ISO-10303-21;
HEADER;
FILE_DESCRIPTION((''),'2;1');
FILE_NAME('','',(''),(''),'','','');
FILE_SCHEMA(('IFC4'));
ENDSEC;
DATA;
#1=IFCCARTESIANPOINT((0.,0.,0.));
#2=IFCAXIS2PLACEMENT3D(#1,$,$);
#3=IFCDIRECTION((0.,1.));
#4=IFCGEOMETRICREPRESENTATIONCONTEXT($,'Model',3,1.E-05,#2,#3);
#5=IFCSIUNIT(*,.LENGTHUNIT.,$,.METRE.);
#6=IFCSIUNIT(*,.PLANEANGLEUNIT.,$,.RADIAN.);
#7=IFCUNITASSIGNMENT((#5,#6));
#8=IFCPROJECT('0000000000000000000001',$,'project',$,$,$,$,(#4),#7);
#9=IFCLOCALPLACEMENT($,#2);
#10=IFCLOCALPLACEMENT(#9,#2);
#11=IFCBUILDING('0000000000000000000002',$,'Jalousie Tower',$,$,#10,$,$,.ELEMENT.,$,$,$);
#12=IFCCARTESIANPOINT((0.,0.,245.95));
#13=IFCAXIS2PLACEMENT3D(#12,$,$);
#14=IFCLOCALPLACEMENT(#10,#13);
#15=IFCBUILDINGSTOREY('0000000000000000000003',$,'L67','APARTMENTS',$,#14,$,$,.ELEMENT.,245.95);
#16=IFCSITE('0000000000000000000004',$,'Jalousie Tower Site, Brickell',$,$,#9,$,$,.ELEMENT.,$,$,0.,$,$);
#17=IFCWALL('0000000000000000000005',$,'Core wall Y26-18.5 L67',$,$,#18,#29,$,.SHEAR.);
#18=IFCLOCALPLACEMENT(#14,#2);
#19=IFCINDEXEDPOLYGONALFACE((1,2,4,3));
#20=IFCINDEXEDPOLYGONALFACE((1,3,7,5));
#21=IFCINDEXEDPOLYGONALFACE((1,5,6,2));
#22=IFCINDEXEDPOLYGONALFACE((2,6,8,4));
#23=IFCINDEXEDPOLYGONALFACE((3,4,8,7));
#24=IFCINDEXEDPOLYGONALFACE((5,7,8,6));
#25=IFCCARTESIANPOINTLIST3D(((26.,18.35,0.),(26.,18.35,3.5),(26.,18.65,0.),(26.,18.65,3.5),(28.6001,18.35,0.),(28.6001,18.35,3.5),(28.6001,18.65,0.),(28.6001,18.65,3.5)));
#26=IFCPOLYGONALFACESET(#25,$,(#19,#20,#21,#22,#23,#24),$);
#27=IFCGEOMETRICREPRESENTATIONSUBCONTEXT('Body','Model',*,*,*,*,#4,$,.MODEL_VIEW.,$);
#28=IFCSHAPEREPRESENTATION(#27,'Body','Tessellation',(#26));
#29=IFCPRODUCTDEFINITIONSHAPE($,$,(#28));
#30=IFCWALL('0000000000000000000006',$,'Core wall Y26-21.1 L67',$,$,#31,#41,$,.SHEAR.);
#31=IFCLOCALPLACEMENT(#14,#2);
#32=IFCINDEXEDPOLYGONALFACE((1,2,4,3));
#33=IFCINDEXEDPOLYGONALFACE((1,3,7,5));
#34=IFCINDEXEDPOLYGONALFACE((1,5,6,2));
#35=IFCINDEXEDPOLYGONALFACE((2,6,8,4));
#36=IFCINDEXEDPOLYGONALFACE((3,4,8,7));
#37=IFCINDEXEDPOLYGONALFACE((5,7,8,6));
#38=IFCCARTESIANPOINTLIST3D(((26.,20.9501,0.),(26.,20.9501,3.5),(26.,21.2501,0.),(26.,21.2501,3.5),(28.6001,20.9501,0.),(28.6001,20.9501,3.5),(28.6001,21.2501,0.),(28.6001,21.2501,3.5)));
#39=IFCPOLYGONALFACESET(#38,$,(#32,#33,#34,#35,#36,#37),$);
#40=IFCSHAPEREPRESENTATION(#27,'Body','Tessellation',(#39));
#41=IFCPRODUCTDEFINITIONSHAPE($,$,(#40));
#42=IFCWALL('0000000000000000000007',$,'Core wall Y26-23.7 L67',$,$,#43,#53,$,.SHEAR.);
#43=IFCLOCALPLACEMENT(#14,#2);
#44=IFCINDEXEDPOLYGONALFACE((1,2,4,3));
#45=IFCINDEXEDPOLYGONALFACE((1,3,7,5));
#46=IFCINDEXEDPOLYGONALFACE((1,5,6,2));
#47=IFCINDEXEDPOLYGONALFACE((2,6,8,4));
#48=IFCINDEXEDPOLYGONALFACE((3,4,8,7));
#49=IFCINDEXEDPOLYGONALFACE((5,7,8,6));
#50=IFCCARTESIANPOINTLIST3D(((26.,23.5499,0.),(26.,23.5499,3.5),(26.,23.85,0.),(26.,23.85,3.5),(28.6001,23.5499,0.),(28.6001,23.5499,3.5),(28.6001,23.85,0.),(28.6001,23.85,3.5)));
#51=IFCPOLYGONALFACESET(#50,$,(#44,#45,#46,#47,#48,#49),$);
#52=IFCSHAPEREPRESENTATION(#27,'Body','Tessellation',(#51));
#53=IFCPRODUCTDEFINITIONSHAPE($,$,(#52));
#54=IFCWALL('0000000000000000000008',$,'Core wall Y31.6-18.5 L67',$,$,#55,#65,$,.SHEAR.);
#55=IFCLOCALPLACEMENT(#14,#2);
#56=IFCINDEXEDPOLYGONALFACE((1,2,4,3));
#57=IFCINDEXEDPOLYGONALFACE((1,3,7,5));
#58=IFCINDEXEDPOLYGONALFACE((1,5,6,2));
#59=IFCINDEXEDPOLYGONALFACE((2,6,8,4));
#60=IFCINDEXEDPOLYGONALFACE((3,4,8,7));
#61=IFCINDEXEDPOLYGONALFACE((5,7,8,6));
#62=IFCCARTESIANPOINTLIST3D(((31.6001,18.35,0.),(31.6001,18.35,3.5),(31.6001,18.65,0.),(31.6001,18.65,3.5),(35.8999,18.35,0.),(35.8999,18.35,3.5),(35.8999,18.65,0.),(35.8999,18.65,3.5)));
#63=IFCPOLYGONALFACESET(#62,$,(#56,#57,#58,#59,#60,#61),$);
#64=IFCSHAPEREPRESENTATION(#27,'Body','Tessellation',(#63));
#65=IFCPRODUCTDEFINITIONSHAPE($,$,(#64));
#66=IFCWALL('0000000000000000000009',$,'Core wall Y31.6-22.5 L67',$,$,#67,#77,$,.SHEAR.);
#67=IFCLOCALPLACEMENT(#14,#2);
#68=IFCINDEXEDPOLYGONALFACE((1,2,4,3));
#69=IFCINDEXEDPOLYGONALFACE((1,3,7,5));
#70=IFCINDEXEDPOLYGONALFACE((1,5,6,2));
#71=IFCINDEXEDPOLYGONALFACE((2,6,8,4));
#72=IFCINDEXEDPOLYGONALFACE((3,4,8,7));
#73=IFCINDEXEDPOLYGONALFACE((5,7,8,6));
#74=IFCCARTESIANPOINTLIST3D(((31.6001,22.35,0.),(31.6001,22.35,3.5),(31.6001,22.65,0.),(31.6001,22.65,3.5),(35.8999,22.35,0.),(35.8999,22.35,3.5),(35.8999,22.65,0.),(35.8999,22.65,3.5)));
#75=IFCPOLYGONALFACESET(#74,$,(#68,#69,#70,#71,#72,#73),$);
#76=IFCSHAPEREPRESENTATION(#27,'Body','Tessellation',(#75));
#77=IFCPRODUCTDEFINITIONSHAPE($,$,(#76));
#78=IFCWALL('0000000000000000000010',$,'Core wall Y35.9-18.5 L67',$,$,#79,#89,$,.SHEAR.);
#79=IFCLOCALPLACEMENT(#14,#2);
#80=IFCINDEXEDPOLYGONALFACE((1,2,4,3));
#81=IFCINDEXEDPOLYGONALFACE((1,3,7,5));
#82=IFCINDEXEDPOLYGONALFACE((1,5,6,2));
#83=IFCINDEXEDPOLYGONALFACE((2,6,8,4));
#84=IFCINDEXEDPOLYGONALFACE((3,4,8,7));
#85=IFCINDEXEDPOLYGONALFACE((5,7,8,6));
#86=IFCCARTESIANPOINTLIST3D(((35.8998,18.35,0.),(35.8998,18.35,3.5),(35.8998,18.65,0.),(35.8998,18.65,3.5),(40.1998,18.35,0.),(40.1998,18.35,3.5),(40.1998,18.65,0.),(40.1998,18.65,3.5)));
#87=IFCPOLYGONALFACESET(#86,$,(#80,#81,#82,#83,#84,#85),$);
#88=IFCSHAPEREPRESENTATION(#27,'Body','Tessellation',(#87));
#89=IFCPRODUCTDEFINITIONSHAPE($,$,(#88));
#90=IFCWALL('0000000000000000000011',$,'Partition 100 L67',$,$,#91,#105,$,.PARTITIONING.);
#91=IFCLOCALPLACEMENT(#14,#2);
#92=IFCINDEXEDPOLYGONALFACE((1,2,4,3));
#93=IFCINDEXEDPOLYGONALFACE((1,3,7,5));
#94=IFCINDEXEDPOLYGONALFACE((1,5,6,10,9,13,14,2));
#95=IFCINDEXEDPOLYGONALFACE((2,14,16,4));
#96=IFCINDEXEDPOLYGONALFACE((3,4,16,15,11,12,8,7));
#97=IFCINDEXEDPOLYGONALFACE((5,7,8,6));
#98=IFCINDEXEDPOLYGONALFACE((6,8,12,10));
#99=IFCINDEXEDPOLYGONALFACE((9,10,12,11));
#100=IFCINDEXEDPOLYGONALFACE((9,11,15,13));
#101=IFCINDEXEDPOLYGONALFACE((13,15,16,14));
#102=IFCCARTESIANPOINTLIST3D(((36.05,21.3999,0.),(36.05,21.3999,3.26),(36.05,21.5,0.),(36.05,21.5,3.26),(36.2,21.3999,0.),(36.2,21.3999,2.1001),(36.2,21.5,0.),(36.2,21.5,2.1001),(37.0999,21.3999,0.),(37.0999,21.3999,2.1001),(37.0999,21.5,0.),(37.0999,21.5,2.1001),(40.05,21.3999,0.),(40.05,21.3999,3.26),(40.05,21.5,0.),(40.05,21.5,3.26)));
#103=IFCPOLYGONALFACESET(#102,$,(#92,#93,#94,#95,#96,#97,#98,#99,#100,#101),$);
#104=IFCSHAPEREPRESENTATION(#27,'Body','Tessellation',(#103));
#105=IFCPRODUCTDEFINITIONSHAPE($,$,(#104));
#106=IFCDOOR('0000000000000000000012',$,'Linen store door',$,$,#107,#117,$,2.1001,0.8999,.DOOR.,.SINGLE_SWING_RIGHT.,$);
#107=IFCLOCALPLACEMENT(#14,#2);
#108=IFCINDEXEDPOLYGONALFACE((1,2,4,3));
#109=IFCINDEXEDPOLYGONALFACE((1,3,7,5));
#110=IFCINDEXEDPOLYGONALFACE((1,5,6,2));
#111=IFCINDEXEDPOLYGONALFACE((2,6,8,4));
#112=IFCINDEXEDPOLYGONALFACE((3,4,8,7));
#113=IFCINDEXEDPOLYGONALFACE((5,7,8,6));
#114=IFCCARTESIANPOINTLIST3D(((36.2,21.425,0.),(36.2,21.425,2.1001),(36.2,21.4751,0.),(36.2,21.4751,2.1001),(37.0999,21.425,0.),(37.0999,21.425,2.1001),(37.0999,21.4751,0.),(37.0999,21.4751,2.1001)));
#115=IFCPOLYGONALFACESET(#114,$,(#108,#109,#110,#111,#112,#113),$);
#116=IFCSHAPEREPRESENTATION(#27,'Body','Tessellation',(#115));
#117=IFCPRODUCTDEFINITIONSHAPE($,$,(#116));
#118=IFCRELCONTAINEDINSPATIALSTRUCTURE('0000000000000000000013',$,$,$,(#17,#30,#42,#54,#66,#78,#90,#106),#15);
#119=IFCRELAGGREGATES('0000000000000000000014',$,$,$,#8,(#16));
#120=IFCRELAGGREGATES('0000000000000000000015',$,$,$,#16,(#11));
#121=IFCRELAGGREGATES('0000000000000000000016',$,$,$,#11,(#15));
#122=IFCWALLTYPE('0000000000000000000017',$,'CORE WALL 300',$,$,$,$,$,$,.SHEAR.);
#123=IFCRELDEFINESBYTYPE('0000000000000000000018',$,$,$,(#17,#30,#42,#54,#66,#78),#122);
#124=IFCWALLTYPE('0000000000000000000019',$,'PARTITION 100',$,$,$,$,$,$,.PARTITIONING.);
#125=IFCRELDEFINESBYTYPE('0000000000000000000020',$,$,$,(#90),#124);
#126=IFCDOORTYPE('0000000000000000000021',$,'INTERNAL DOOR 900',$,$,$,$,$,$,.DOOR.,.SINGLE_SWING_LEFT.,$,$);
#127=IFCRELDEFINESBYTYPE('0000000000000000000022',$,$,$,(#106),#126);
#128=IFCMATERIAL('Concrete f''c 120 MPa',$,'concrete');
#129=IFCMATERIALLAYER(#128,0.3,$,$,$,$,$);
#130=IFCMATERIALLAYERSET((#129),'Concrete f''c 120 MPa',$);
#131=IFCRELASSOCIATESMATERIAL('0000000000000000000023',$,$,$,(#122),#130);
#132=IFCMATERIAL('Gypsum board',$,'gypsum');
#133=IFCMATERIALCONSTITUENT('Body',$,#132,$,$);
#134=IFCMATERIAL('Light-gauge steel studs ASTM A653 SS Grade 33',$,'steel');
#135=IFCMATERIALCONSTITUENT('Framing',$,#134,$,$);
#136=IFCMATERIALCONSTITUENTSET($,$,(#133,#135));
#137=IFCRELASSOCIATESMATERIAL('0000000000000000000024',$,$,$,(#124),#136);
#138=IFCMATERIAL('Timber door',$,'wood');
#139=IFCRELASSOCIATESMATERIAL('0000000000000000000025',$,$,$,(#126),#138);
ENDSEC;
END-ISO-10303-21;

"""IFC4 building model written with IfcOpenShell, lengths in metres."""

from ifc_helpers import new_model, si_unit, direction, frame, frame_2d, origin, place, context, subcontext, project, spatial, rectangle, extrude, material, layer, layer_set, constituent, constituent_set, type_object, element, fill, save


model = new_model("IFC4")

# Units and contexts
model_context = context("Model", 3, precision=1e-05, world=origin(), true_north=direction((0.0, 1.0)))
body_context = subcontext(model_context, "Body", "Model", "MODEL_VIEW")
ifc_project = project(units=[si_unit("LENGTHUNIT", "METRE"), si_unit("PLANEANGLEUNIT", "RADIAN")], contexts=[model_context])

# Site, building, storey
site_placement = place(None, origin())
site = spatial("IfcSite", under=ifc_project, at=site_placement, Name="Jalousie Tower Site, Brickell", CompositionType="ELEMENT", RefElevation=0.0)
building_placement = place(site_placement, origin())
building = spatial("IfcBuilding", under=site, at=building_placement, Name="Jalousie Tower", CompositionType="ELEMENT")
storey_placement = place(building_placement, frame((0.0, 0.0, 245.95)))
storey = spatial("IfcBuildingStorey", under=building, at=storey_placement, Name="L67", Description="APARTMENTS", CompositionType="ELEMENT", Elevation=245.95)

# Shared definitions
ifc_material_1 = material(Name="Concrete f'c 120 MPa", Category="concrete")
ifc_layer_1 = layer(ifc_material_1, 0.3)
ifc_layer_set_1 = layer_set([ifc_layer_1], Name="Concrete f'c 120 MPa")
wall_type_1 = type_object("IfcWallType", Name="CORE WALL 300", PredefinedType="SHEAR", material=ifc_layer_set_1)

# Walls
for number, where, z_axis, x_axis, name in (
    (1, (26.0, 18.5, 0.0), (0.0, 0.0, 1.0), (1.0, 0.0, 0.0), "Core wall Y26-18.5 L67"),
    (2, (26.0, 21.1001, 0.0), (0.0, 0.0, 1.0), (1.0, 0.0, 0.0), "Core wall Y26-21.1 L67"),
    (3, (26.0, 23.7, 0.0), (0.0, 0.0, 1.0), (1.0, 0.0, 0.0), "Core wall Y26-23.7 L67"),
):
    element("IfcWall", number, at=place(storey_placement, frame(where, z_axis=z_axis, x_axis=x_axis)), inside=storey, type_object=wall_type_1, Name=name, PredefinedType="SHEAR", context=body_context, shape_type="SweptSolid", body=[
        extrude(rectangle(XDim=2.6001, YDim=0.3, at=frame_2d((1.3, 0.0))), origin(), (0.0, 0.0, 1.0), 3.5),
    ])
for number, where, z_axis, x_axis, name in (
    (4, (31.6001, 18.5, 0.0), (0.0, 0.0, 1.0), (1.0, 0.0, 0.0), "Core wall Y31.6-18.5 L67"),
    (5, (31.6001, 22.5, 0.0), (0.0, 0.0, 1.0), (1.0, 0.0, 0.0), "Core wall Y31.6-22.5 L67"),
):
    element("IfcWall", number, at=place(storey_placement, frame(where, z_axis=z_axis, x_axis=x_axis)), inside=storey, type_object=wall_type_1, Name=name, PredefinedType="SHEAR", context=body_context, shape_type="SweptSolid", body=[
        extrude(rectangle(XDim=4.2998, YDim=0.3, at=frame_2d((2.1499, 0.0))), origin(), (0.0, 0.0, 1.0), 3.5),
    ])
wall_1_placement = place(storey_placement, frame((35.8999, 18.5, 0.0), z_axis=(0.0, 0.0, 1.0), x_axis=(1.0, 0.0, 0.0)))
element("IfcWall", 6, at=wall_1_placement, inside=storey, type_object=wall_type_1, Name="Core wall Y35.9-18.5 L67", PredefinedType="SHEAR", context=body_context, shape_type="SweptSolid", body=[
    extrude(rectangle(XDim=4.3, YDim=0.3, at=frame_2d((2.1499, 0.0))), origin(), (0.0, 0.0, 1.0), 3.5),
])

# Wall, opening, door
ifc_material_2 = material(Name="Gypsum board", Category="gypsum")
ifc_constituent_1 = constituent(ifc_material_2, Name="Body")
ifc_material_3 = material(Name="Light-gauge steel studs ASTM A653 SS Grade 33", Category="steel")
ifc_constituent_2 = constituent(ifc_material_3, Name="Framing")
ifc_constituent_set = constituent_set(constituents=[ifc_constituent_1, ifc_constituent_2])
wall_type_2 = type_object("IfcWallType", Name="PARTITION 100", PredefinedType="PARTITIONING", material=ifc_constituent_set)
wall_2_placement = place(storey_placement, frame((36.05, 21.45, 0.0), z_axis=(0.0, 0.0, 1.0), x_axis=(1.0, 0.0, 0.0)))
wall_2 = element("IfcWall", 7, at=wall_2_placement, inside=storey, type_object=wall_type_2, Name="Partition 100 L67", PredefinedType="PARTITIONING", context=body_context, shape_type="SweptSolid", body=[
    extrude(rectangle(XDim=4.0, YDim=0.1001, at=frame_2d((2.0, 0.0))), origin(), (0.0, 0.0, 1.0), 3.26),
])
opening_1_placement = place(wall_2_placement, frame((0.1499, 0.0, 0.0)))
opening_1 = element("IfcOpeningElement", 8, at=opening_1_placement, cuts=wall_2, PredefinedType="OPENING", context=body_context, shape_type="SweptSolid", body=[
    extrude(rectangle(XDim=0.8999, YDim=2.1001, at=frame_2d((0.45, 1.05))), frame((0.0, 0.0601, 0.0), z_axis=(0.0, -1.0, 0.0), x_axis=(1.0, 0.0, 0.0)), (0.0, 0.0, 1.0), 0.1201),
])
ifc_material_4 = material(Name="Timber door", Category="wood")
door_type_1 = type_object("IfcDoorType", Name="INTERNAL DOOR 900", OperationType="SINGLE_SWING_LEFT", PredefinedType="DOOR", material=ifc_material_4)
door_1_placement = place(opening_1_placement, frame((0.8999, 0.0, 0.0), z_axis=(0.0, 0.0, 1.0), x_axis=(-1.0, 0.0, 0.0)))
door_1 = element("IfcDoor", 9, at=door_1_placement, inside=storey, type_object=door_type_1, Name="Linen store door", OperationType="SINGLE_SWING_RIGHT", OverallHeight=2.1001, OverallWidth=0.8999, PredefinedType="DOOR", context=body_context, shape_type="SweptSolid", body=[
    extrude(rectangle(XDim=0.8999, YDim=2.1001, at=frame_2d((0.45, 1.05))), frame((0.0, 0.0249, 0.0), z_axis=(0.0, -1.0, 0.0), x_axis=(1.0, 0.0, 0.0)), (0.0, 0.0, 1.0), 0.05),
])
fill(opening_1, door_1)

save(model, "model.ifc")
